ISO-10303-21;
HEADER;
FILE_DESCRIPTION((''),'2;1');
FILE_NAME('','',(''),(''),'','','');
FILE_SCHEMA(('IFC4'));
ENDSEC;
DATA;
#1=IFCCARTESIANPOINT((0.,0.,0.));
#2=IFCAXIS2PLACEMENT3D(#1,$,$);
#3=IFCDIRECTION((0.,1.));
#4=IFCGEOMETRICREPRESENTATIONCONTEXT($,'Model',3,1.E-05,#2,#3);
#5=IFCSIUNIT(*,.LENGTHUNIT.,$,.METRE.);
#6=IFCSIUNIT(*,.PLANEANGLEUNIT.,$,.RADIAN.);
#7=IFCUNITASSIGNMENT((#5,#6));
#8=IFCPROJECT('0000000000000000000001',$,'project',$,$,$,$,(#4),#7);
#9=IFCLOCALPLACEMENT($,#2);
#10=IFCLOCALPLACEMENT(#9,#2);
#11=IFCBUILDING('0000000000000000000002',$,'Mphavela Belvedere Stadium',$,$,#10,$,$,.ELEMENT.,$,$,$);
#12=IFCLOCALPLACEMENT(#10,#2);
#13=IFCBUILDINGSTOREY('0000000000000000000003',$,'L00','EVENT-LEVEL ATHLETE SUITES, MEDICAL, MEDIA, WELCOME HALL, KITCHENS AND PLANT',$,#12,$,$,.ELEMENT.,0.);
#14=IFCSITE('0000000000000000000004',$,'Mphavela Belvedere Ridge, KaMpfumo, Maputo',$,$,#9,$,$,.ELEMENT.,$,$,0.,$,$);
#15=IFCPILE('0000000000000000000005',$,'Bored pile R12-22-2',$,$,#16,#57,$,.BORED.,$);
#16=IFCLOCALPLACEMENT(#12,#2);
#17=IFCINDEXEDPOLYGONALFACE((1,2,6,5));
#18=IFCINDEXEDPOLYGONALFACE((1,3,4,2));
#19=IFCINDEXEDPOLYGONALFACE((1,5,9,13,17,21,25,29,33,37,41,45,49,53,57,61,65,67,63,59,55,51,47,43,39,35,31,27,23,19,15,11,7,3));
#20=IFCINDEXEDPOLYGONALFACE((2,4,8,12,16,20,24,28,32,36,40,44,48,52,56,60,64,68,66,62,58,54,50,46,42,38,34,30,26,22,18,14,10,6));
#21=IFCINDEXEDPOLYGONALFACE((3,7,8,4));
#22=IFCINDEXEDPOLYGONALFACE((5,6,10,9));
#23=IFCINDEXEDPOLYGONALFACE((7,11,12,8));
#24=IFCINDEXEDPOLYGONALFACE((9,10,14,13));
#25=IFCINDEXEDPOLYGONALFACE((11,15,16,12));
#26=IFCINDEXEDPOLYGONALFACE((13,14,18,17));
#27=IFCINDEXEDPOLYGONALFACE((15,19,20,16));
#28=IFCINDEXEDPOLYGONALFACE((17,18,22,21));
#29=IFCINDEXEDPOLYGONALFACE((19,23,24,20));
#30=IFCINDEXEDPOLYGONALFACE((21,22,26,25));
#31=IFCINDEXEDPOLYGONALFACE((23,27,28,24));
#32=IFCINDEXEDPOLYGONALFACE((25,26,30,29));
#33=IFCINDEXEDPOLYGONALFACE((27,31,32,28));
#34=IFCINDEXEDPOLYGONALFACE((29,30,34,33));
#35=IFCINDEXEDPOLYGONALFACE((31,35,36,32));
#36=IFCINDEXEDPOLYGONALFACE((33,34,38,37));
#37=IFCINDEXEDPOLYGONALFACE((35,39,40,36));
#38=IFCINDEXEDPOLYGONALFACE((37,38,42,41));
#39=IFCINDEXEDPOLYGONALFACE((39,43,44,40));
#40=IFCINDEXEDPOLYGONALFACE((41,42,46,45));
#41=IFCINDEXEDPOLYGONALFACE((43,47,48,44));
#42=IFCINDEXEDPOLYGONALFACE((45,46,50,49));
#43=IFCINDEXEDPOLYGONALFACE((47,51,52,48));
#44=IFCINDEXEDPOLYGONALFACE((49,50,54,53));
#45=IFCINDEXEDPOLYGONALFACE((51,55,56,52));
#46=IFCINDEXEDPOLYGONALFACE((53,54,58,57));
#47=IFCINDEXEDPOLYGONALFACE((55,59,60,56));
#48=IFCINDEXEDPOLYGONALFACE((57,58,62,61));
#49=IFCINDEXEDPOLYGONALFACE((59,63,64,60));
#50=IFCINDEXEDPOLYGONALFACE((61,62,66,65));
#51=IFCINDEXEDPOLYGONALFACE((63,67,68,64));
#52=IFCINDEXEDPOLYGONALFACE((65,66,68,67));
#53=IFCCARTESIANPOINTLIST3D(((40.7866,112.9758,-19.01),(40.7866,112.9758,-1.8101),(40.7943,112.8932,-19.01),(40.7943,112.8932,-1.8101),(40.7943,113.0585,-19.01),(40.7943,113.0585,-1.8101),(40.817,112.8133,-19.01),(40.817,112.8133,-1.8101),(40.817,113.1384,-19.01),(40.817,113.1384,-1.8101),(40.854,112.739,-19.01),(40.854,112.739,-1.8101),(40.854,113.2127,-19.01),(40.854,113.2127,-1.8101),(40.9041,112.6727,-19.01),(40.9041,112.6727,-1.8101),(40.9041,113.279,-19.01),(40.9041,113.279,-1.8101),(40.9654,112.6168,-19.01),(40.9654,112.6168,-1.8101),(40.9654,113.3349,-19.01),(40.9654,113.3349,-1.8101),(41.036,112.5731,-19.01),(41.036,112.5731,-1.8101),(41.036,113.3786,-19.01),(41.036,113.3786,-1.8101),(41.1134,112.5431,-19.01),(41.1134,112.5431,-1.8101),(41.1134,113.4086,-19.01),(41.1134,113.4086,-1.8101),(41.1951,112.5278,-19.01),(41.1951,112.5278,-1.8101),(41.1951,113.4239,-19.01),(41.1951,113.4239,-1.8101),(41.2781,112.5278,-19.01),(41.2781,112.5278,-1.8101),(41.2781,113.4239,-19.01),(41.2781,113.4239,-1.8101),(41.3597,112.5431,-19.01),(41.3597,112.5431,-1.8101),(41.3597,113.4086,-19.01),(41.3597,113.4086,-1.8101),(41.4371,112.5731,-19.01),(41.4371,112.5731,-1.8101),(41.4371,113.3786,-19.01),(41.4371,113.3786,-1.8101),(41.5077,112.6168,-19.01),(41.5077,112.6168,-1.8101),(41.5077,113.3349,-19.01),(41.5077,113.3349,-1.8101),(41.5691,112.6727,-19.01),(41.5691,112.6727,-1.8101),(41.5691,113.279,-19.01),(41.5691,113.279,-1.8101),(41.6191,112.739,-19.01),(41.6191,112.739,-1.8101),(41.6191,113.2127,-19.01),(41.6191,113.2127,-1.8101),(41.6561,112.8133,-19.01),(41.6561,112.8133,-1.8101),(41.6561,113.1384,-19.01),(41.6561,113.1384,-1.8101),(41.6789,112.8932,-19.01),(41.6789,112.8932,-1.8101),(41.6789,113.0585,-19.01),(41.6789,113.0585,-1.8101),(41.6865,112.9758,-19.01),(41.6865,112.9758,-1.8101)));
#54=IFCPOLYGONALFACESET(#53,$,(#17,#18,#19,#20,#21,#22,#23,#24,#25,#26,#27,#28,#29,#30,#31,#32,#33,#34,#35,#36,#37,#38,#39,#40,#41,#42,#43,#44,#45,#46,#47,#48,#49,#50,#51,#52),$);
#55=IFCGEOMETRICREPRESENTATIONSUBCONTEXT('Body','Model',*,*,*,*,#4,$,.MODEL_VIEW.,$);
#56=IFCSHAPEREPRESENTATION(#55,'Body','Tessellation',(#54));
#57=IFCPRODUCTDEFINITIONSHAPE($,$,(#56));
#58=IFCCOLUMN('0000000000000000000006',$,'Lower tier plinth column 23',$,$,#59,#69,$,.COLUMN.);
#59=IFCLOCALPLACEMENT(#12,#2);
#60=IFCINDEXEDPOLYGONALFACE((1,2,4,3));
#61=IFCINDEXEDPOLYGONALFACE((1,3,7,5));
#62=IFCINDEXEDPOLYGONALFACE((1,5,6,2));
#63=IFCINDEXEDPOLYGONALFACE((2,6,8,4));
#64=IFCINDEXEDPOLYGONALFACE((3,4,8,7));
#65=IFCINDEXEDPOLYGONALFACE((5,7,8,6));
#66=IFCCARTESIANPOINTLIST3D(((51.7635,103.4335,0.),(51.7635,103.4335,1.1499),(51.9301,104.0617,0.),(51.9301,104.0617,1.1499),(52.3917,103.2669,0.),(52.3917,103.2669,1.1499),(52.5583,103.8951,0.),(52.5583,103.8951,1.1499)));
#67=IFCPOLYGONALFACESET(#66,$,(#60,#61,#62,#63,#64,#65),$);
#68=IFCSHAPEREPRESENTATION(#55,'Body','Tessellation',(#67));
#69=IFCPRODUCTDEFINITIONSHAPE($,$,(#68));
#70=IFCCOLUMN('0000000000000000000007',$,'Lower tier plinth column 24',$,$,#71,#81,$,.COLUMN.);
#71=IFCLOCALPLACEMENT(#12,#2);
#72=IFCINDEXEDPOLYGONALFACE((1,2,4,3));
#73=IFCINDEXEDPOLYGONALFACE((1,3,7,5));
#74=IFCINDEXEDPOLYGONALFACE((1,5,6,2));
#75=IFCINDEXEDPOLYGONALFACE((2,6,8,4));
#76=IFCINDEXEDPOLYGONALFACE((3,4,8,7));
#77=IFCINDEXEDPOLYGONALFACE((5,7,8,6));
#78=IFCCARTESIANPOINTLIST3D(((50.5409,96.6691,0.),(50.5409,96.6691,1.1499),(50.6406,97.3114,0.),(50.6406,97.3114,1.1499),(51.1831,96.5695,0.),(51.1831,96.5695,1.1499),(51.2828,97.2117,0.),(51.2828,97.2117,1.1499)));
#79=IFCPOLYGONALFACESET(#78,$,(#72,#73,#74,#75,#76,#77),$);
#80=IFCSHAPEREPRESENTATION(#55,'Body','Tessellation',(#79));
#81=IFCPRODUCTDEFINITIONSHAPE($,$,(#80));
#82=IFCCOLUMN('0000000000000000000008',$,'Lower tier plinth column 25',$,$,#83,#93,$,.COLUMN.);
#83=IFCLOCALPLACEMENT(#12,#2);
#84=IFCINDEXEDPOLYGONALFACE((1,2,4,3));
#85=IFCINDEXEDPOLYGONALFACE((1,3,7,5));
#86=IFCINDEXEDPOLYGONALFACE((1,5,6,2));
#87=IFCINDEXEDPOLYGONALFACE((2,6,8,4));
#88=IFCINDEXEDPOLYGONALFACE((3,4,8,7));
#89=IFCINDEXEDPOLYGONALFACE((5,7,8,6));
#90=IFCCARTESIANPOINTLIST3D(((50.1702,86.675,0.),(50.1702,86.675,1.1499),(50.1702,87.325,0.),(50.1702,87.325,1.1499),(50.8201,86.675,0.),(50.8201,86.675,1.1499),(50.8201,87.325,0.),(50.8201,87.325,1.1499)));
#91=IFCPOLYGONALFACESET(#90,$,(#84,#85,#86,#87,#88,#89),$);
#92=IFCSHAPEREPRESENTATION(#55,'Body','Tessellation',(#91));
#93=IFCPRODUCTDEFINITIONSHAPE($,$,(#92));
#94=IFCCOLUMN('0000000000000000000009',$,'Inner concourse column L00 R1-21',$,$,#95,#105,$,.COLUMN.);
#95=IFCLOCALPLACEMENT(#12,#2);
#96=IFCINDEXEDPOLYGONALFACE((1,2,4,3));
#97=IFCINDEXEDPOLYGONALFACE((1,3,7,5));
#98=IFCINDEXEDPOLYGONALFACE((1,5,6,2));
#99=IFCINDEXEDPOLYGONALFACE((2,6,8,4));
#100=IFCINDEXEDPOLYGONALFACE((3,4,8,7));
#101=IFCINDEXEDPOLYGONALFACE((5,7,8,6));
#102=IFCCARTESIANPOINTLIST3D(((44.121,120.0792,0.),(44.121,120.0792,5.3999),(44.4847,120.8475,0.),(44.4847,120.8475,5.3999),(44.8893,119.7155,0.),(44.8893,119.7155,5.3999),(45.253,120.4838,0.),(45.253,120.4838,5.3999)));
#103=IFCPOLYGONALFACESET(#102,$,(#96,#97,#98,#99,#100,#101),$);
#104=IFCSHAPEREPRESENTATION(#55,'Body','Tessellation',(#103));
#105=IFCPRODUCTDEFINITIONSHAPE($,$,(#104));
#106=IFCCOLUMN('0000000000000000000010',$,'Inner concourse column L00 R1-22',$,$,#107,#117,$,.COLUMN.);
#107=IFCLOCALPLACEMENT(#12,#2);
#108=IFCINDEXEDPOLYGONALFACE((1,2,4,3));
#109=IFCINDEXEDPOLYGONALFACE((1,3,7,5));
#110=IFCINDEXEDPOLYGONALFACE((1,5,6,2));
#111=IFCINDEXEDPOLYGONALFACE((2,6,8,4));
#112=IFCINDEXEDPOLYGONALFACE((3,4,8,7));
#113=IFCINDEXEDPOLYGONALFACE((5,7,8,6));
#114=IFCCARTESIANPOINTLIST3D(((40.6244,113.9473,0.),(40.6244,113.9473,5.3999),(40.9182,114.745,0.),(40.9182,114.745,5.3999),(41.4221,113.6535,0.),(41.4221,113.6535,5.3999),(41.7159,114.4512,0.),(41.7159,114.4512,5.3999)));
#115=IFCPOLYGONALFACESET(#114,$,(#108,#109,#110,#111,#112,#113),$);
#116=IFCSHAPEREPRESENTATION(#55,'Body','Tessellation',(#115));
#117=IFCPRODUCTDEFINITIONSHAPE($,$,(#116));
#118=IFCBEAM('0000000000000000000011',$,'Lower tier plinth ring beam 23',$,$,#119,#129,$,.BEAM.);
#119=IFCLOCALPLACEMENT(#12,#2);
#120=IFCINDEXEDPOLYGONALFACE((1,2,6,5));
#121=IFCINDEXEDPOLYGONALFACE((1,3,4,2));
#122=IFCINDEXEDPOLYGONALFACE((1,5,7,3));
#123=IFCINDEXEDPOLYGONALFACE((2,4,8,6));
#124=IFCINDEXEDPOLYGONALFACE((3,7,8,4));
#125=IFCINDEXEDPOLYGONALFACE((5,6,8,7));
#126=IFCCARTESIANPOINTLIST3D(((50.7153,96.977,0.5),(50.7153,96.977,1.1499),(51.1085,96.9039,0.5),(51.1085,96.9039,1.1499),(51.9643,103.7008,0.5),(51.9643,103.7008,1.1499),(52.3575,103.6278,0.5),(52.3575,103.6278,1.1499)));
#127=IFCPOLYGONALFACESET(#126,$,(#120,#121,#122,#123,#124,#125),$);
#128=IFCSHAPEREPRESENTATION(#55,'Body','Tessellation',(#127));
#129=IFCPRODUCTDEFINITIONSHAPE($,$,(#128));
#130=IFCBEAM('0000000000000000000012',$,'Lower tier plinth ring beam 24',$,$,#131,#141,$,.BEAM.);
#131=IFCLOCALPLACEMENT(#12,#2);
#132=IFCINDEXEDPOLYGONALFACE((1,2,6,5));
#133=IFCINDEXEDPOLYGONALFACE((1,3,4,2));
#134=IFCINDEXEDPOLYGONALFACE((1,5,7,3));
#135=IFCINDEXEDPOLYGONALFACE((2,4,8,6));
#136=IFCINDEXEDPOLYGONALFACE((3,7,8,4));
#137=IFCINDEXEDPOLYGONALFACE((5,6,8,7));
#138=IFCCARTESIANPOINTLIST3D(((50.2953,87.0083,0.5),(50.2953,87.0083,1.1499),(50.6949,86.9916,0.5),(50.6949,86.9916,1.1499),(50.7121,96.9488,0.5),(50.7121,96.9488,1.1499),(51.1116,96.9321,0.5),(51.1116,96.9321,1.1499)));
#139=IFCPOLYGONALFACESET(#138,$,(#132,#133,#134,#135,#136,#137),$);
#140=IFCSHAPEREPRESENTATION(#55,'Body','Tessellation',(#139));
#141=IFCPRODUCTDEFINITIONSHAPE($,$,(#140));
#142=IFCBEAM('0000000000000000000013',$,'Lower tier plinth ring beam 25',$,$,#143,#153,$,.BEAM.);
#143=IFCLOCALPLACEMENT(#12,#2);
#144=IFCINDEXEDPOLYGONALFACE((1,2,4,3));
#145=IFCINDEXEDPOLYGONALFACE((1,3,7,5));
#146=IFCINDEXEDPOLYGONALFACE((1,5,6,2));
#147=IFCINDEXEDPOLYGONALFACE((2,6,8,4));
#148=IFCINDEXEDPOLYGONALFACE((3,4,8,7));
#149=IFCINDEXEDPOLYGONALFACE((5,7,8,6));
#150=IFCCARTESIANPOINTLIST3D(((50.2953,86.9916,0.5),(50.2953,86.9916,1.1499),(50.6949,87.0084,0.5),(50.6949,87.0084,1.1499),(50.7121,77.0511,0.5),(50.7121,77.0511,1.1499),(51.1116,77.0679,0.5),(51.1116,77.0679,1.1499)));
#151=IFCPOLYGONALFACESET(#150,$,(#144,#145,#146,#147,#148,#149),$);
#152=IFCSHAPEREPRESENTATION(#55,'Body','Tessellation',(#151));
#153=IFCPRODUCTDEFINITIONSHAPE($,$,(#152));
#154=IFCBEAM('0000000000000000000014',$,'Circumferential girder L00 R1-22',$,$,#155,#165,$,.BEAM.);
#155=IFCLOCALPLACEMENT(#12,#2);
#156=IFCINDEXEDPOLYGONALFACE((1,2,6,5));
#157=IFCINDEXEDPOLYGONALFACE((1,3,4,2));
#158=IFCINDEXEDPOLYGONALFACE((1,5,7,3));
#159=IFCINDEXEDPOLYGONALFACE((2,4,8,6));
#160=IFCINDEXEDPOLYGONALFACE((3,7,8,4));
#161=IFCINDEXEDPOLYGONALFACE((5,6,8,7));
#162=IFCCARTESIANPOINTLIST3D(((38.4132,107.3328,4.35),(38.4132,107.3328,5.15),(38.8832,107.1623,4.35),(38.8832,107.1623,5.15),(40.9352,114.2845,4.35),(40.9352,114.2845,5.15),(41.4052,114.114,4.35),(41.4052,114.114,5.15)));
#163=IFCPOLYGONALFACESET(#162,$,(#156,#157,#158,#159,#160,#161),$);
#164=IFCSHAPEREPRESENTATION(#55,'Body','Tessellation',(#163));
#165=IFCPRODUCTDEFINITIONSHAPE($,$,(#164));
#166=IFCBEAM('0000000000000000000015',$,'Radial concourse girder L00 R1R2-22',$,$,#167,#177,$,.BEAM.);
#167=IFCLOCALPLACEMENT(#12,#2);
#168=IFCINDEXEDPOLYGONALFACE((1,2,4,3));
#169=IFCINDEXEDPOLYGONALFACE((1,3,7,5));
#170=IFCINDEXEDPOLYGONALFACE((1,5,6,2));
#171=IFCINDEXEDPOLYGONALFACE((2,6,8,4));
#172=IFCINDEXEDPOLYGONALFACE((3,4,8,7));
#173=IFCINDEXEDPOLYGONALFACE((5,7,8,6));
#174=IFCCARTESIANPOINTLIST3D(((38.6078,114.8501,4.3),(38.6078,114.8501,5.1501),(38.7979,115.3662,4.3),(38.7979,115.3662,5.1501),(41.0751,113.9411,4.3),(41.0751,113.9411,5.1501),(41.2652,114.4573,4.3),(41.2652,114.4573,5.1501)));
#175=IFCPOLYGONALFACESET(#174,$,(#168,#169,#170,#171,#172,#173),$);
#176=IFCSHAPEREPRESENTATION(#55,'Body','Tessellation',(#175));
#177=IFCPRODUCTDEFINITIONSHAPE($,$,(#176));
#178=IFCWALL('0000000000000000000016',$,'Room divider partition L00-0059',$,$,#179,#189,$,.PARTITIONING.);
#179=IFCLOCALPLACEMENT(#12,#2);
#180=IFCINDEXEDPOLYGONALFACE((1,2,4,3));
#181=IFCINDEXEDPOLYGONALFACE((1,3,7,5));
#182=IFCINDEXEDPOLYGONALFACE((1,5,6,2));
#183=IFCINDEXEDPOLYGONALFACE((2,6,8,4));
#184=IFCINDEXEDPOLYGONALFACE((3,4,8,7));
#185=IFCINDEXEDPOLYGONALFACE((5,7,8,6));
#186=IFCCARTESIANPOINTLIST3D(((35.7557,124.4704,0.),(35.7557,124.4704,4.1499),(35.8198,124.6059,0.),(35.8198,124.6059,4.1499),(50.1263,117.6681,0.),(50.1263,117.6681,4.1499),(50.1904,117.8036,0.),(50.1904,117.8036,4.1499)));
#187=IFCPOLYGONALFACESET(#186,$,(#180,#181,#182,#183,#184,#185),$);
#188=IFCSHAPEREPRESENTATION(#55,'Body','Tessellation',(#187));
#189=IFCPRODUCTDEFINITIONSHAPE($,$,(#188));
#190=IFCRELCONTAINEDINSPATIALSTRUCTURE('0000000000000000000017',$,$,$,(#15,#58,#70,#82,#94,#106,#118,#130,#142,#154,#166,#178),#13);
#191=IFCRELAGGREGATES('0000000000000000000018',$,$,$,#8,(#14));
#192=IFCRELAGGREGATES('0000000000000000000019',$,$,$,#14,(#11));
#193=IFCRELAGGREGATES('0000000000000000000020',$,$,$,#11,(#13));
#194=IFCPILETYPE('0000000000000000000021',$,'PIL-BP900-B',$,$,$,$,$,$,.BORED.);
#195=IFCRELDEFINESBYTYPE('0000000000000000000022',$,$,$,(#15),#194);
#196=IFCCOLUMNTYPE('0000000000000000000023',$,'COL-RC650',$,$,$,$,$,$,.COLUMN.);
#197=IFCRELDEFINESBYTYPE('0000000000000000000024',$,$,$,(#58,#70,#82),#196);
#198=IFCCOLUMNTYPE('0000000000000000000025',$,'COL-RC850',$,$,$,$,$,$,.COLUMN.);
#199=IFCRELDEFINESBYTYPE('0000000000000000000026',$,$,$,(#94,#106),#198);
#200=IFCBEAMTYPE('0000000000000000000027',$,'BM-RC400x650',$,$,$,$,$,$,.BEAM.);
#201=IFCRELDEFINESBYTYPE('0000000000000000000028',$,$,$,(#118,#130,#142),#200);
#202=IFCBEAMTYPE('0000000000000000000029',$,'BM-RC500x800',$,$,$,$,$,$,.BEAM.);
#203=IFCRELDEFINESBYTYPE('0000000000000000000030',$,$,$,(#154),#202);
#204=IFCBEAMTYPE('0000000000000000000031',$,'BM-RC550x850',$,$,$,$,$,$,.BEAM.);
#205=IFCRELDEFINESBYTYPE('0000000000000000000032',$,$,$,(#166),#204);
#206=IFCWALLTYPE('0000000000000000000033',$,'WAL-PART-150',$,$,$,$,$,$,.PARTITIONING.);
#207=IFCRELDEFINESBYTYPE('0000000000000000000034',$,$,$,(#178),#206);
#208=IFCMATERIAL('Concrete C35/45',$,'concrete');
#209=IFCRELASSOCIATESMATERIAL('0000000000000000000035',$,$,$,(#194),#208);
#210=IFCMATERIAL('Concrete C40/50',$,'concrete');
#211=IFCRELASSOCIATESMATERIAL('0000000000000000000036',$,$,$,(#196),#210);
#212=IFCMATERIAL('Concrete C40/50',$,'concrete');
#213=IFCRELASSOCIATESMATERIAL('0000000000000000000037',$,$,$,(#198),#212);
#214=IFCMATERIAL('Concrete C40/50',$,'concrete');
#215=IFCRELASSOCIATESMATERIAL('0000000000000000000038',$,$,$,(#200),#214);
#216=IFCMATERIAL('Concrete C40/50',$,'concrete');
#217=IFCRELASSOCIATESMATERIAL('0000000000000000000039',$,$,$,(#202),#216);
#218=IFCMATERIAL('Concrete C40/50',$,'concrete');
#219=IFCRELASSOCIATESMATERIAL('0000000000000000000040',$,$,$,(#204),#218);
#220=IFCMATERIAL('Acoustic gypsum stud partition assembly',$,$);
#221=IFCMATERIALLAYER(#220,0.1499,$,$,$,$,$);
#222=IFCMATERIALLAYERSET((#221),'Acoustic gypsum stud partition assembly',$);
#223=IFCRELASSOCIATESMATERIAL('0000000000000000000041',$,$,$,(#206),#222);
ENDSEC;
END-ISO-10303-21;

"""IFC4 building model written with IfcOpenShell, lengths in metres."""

from ifc_helpers import new_model, si_unit, direction, frame, frame_2d, origin, origin_2d, place, context, subcontext, project, spatial, rectangle, circle, extrude, material, layer, layer_set, material_profile, profile_set, type_object, element, save


model = new_model("IFC4")

# Units and contexts
model_context = context("Model", 3, precision=1e-05, world=origin(), true_north=direction((0.0, 1.0)))
body_context = subcontext(model_context, "Body", "Model", "MODEL_VIEW")
ifc_project = project(units=[si_unit("LENGTHUNIT", "METRE"), si_unit("PLANEANGLEUNIT", "RADIAN")], contexts=[model_context])

# Site, building, storey
site_placement = place(None, origin())
site = spatial("IfcSite", under=ifc_project, at=site_placement, Name="Mphavela Belvedere Ridge, KaMpfumo, Maputo", CompositionType="ELEMENT", RefElevation=0.0)
building_placement = place(site_placement, origin())
building = spatial("IfcBuilding", under=site, at=building_placement, Name="Mphavela Belvedere Stadium", CompositionType="ELEMENT")
storey_placement = place(building_placement, origin())
storey = spatial("IfcBuildingStorey", under=building, at=storey_placement, Name="L00", Description="EVENT-LEVEL ATHLETE SUITES, MEDICAL, MEDIA, WELCOME HALL, KITCHENS AND PLANT", CompositionType="ELEMENT", Elevation=0.0)

# Pile
ifc_material_1 = material(Name="Concrete C35/45", Category="concrete")
ifc_material_profile_1 = material_profile(ifc_material_1, circle(Radius=0.45, at=origin_2d()), Name="BP D900")
ifc_profile_set_1 = profile_set([ifc_material_profile_1], Name="Concrete C35/45")
pile_type_1 = type_object("IfcPileType", Name="PIL-BP900-B", PredefinedType="BORED", material=ifc_profile_set_1)
for number, where, z_axis, x_axis, name in (
    (1, (41.2366, 112.9758, -1.8101), (0.0, 0.0, -1.0), (1.0, 0.0, 0.0), "Bored pile R12-22-2"),
):
    element("IfcPile", number, at=place(storey_placement, frame(where, z_axis=z_axis, x_axis=x_axis)), inside=storey, type_object=pile_type_1, Name=name, PredefinedType="BORED", context=body_context, shape_type="SweptSolid", body=[
        extrude(circle(Radius=0.45, at=origin_2d()), origin(), (0.0, 0.0, 1.0), 17.2),
    ])

# Columns
ifc_material_2 = material(Name="Concrete C40/50", Category="concrete")
ifc_material_profile_2 = material_profile(ifc_material_2, rectangle(XDim=0.6499, YDim=0.6499, at=origin_2d()), Name="RC 650x650")
ifc_profile_set_2 = profile_set([ifc_material_profile_2], Name="Concrete C40/50")
column_type_1 = type_object("IfcColumnType", Name="COL-RC650", PredefinedType="COLUMN", material=ifc_profile_set_2)
for number, where, z_axis, x_axis, name in (
    (2, (52.1609, 103.6643, 0.0), (0.0, 0.0, 1.0), (-0.9666, 0.256289, 0.0), "Lower tier plinth column 23"),
    (3, (50.9119, 96.9404, 0.0), (0.0, 0.0, 1.0), (-0.988175, 0.153331, 0.0), "Lower tier plinth column 24"),
    (4, (50.4951, 87.0, 0.0), (0.0, 0.0, 1.0), (-1.0, 0.0, 0.0), "Lower tier plinth column 25"),
):
    element("IfcColumn", number, at=place(storey_placement, frame(where, z_axis=z_axis, x_axis=x_axis)), inside=storey, type_object=column_type_1, Name=name, PredefinedType="COLUMN", context=body_context, shape_type="SweptSolid", body=[
        extrude(rectangle(XDim=0.6499, YDim=0.6499, at=origin_2d()), origin(), (0.0, 0.0, 1.0), 1.1499),
    ])
ifc_material_3 = material(Name="Concrete C40/50", Category="concrete")
ifc_material_profile_3 = material_profile(ifc_material_3, rectangle(XDim=0.8501, YDim=0.8501, at=origin_2d()), Name="RC 850x850")
ifc_profile_set_3 = profile_set([ifc_material_profile_3], Name="Concrete C40/50")
column_type_2 = type_object("IfcColumnType", Name="COL-RC850", PredefinedType="COLUMN", material=ifc_profile_set_3)
for number, where, z_axis, x_axis, name in (
    (5, (44.687, 120.2815, 0.0), (0.0, 0.0, 1.0), (-0.903859, 0.427831, 0.0), "Inner concourse column L00 R1-21"),
    (6, (41.1702, 114.1992, 0.0), (0.0, 0.0, 1.0), (-0.938372, 0.345626, 0.0), "Inner concourse column L00 R1-22"),
):
    element("IfcColumn", number, at=place(storey_placement, frame(where, z_axis=z_axis, x_axis=x_axis)), inside=storey, type_object=column_type_2, Name=name, PredefinedType="COLUMN", context=body_context, shape_type="SweptSolid", body=[
        extrude(rectangle(XDim=0.8501, YDim=0.8501, at=origin_2d()), origin(), (0.0, 0.0, 1.0), 5.3999),
    ])

# Beams
ifc_material_4 = material(Name="Concrete C40/50", Category="concrete")
ifc_material_profile_4 = material_profile(ifc_material_4, rectangle(XDim=0.3999, YDim=0.6499, at=origin_2d()), Name="RC 400x650")
ifc_profile_set_4 = profile_set([ifc_material_profile_4], Name="Concrete C40/50")
beam_type_1 = type_object("IfcBeamType", Name="BM-RC400x650", PredefinedType="BEAM", material=ifc_profile_set_4)
beam_1_placement = place(storey_placement, frame((52.1609, 103.6643, 0.825), z_axis=(-0.182635, -0.983181, 0.0), x_axis=(0.983181, -0.182635, 0.0)))
element("IfcBeam", 7, at=beam_1_placement, inside=storey, type_object=beam_type_1, Name="Lower tier plinth ring beam 23", PredefinedType="BEAM", context=body_context, shape_type="SweptSolid", body=[
    extrude(rectangle(XDim=0.3999, YDim=0.6499, at=origin_2d()), origin(), (0.0, 0.0, 1.0), 6.8389),
])
for number, where, z_axis, x_axis, name in (
    (8, (50.9119, 96.9404, 0.825), (-0.041888, -0.999122, 0.0), (0.999122, -0.041888, 0.0), "Lower tier plinth ring beam 24"),
    (9, (50.4951, 87.0, 0.825), (0.041888, -0.999122, 0.0), (0.999122, 0.041888, 0.0), "Lower tier plinth ring beam 25"),
):
    element("IfcBeam", number, at=place(storey_placement, frame(where, z_axis=z_axis, x_axis=x_axis)), inside=storey, type_object=beam_type_1, Name=name, PredefinedType="BEAM", context=body_context, shape_type="SweptSolid", body=[
        extrude(rectangle(XDim=0.3999, YDim=0.6499, at=origin_2d()), origin(), (0.0, 0.0, 1.0), 9.9492),
    ])
ifc_material_5 = material(Name="Concrete C40/50", Category="concrete")
ifc_material_profile_5 = material_profile(ifc_material_5, rectangle(XDim=0.5, YDim=0.8, at=origin_2d()), Name="RC 500x800")
ifc_profile_set_5 = profile_set([ifc_material_profile_5], Name="Concrete C40/50")
beam_type_2 = type_object("IfcBeamType", Name="BM-RC500x800", PredefinedType="BEAM", material=ifc_profile_set_5)
beam_2_placement = place(storey_placement, frame((41.1702, 114.1992, 4.75), z_axis=(-0.341038, -0.94005, 0.0), x_axis=(0.94005, -0.341038, 0.0)))
element("IfcBeam", 10, at=beam_2_placement, inside=storey, type_object=beam_type_2, Name="Circumferential girder L00 R1-22", PredefinedType="BEAM", context=body_context, shape_type="SweptSolid", body=[
    extrude(rectangle(XDim=0.5, YDim=0.8, at=origin_2d()), origin(), (0.0, 0.0, 1.0), 7.395),
])
ifc_material_6 = material(Name="Concrete C40/50", Category="concrete")
ifc_material_profile_6 = material_profile(ifc_material_6, rectangle(XDim=0.55, YDim=0.8501, at=origin_2d()), Name="RC 550x850")
ifc_profile_set_6 = profile_set([ifc_material_profile_6], Name="Concrete C40/50")
beam_type_3 = type_object("IfcBeamType", Name="BM-RC550x850", PredefinedType="BEAM", material=ifc_profile_set_6)
beam_3_placement = place(storey_placement, frame((41.1702, 114.1992, 4.7251), z_axis=(-0.938351, 0.345684, 0.0), x_axis=(-0.345684, -0.938351, 0.0)))
element("IfcBeam", 11, at=beam_3_placement, inside=storey, type_object=beam_type_3, Name="Radial concourse girder L00 R1R2-22", PredefinedType="BEAM", context=body_context, shape_type="SweptSolid", body=[
    extrude(rectangle(XDim=0.55, YDim=0.8501, at=origin_2d()), origin(), (0.0, 0.0, 1.0), 2.6294),
])

# Wall
ifc_material_7 = material(Name="Acoustic gypsum stud partition assembly")
ifc_layer = layer(ifc_material_7, 0.1499)
ifc_layer_set = layer_set([ifc_layer], Name="Acoustic gypsum stud partition assembly")
wall_type = type_object("IfcWallType", Name="WAL-PART-150", PredefinedType="PARTITIONING", material=ifc_layer_set)
wall_1_placement = place(storey_placement, frame((50.1584, 117.7358, 0.0), z_axis=(0.0, 0.0, 1.0), x_axis=(-0.903857, 0.427835, 0.0)))
element("IfcWall", 12, at=wall_1_placement, inside=storey, type_object=wall_type, Name="Room divider partition L00-0059", PredefinedType="PARTITIONING", context=body_context, shape_type="SweptSolid", body=[
    extrude(rectangle(XDim=15.8992, YDim=0.1499, at=frame_2d((7.9497, 0.0))), origin(), (0.0, 0.0, 1.0), 4.1499),
])

save(model, "model.ifc")
